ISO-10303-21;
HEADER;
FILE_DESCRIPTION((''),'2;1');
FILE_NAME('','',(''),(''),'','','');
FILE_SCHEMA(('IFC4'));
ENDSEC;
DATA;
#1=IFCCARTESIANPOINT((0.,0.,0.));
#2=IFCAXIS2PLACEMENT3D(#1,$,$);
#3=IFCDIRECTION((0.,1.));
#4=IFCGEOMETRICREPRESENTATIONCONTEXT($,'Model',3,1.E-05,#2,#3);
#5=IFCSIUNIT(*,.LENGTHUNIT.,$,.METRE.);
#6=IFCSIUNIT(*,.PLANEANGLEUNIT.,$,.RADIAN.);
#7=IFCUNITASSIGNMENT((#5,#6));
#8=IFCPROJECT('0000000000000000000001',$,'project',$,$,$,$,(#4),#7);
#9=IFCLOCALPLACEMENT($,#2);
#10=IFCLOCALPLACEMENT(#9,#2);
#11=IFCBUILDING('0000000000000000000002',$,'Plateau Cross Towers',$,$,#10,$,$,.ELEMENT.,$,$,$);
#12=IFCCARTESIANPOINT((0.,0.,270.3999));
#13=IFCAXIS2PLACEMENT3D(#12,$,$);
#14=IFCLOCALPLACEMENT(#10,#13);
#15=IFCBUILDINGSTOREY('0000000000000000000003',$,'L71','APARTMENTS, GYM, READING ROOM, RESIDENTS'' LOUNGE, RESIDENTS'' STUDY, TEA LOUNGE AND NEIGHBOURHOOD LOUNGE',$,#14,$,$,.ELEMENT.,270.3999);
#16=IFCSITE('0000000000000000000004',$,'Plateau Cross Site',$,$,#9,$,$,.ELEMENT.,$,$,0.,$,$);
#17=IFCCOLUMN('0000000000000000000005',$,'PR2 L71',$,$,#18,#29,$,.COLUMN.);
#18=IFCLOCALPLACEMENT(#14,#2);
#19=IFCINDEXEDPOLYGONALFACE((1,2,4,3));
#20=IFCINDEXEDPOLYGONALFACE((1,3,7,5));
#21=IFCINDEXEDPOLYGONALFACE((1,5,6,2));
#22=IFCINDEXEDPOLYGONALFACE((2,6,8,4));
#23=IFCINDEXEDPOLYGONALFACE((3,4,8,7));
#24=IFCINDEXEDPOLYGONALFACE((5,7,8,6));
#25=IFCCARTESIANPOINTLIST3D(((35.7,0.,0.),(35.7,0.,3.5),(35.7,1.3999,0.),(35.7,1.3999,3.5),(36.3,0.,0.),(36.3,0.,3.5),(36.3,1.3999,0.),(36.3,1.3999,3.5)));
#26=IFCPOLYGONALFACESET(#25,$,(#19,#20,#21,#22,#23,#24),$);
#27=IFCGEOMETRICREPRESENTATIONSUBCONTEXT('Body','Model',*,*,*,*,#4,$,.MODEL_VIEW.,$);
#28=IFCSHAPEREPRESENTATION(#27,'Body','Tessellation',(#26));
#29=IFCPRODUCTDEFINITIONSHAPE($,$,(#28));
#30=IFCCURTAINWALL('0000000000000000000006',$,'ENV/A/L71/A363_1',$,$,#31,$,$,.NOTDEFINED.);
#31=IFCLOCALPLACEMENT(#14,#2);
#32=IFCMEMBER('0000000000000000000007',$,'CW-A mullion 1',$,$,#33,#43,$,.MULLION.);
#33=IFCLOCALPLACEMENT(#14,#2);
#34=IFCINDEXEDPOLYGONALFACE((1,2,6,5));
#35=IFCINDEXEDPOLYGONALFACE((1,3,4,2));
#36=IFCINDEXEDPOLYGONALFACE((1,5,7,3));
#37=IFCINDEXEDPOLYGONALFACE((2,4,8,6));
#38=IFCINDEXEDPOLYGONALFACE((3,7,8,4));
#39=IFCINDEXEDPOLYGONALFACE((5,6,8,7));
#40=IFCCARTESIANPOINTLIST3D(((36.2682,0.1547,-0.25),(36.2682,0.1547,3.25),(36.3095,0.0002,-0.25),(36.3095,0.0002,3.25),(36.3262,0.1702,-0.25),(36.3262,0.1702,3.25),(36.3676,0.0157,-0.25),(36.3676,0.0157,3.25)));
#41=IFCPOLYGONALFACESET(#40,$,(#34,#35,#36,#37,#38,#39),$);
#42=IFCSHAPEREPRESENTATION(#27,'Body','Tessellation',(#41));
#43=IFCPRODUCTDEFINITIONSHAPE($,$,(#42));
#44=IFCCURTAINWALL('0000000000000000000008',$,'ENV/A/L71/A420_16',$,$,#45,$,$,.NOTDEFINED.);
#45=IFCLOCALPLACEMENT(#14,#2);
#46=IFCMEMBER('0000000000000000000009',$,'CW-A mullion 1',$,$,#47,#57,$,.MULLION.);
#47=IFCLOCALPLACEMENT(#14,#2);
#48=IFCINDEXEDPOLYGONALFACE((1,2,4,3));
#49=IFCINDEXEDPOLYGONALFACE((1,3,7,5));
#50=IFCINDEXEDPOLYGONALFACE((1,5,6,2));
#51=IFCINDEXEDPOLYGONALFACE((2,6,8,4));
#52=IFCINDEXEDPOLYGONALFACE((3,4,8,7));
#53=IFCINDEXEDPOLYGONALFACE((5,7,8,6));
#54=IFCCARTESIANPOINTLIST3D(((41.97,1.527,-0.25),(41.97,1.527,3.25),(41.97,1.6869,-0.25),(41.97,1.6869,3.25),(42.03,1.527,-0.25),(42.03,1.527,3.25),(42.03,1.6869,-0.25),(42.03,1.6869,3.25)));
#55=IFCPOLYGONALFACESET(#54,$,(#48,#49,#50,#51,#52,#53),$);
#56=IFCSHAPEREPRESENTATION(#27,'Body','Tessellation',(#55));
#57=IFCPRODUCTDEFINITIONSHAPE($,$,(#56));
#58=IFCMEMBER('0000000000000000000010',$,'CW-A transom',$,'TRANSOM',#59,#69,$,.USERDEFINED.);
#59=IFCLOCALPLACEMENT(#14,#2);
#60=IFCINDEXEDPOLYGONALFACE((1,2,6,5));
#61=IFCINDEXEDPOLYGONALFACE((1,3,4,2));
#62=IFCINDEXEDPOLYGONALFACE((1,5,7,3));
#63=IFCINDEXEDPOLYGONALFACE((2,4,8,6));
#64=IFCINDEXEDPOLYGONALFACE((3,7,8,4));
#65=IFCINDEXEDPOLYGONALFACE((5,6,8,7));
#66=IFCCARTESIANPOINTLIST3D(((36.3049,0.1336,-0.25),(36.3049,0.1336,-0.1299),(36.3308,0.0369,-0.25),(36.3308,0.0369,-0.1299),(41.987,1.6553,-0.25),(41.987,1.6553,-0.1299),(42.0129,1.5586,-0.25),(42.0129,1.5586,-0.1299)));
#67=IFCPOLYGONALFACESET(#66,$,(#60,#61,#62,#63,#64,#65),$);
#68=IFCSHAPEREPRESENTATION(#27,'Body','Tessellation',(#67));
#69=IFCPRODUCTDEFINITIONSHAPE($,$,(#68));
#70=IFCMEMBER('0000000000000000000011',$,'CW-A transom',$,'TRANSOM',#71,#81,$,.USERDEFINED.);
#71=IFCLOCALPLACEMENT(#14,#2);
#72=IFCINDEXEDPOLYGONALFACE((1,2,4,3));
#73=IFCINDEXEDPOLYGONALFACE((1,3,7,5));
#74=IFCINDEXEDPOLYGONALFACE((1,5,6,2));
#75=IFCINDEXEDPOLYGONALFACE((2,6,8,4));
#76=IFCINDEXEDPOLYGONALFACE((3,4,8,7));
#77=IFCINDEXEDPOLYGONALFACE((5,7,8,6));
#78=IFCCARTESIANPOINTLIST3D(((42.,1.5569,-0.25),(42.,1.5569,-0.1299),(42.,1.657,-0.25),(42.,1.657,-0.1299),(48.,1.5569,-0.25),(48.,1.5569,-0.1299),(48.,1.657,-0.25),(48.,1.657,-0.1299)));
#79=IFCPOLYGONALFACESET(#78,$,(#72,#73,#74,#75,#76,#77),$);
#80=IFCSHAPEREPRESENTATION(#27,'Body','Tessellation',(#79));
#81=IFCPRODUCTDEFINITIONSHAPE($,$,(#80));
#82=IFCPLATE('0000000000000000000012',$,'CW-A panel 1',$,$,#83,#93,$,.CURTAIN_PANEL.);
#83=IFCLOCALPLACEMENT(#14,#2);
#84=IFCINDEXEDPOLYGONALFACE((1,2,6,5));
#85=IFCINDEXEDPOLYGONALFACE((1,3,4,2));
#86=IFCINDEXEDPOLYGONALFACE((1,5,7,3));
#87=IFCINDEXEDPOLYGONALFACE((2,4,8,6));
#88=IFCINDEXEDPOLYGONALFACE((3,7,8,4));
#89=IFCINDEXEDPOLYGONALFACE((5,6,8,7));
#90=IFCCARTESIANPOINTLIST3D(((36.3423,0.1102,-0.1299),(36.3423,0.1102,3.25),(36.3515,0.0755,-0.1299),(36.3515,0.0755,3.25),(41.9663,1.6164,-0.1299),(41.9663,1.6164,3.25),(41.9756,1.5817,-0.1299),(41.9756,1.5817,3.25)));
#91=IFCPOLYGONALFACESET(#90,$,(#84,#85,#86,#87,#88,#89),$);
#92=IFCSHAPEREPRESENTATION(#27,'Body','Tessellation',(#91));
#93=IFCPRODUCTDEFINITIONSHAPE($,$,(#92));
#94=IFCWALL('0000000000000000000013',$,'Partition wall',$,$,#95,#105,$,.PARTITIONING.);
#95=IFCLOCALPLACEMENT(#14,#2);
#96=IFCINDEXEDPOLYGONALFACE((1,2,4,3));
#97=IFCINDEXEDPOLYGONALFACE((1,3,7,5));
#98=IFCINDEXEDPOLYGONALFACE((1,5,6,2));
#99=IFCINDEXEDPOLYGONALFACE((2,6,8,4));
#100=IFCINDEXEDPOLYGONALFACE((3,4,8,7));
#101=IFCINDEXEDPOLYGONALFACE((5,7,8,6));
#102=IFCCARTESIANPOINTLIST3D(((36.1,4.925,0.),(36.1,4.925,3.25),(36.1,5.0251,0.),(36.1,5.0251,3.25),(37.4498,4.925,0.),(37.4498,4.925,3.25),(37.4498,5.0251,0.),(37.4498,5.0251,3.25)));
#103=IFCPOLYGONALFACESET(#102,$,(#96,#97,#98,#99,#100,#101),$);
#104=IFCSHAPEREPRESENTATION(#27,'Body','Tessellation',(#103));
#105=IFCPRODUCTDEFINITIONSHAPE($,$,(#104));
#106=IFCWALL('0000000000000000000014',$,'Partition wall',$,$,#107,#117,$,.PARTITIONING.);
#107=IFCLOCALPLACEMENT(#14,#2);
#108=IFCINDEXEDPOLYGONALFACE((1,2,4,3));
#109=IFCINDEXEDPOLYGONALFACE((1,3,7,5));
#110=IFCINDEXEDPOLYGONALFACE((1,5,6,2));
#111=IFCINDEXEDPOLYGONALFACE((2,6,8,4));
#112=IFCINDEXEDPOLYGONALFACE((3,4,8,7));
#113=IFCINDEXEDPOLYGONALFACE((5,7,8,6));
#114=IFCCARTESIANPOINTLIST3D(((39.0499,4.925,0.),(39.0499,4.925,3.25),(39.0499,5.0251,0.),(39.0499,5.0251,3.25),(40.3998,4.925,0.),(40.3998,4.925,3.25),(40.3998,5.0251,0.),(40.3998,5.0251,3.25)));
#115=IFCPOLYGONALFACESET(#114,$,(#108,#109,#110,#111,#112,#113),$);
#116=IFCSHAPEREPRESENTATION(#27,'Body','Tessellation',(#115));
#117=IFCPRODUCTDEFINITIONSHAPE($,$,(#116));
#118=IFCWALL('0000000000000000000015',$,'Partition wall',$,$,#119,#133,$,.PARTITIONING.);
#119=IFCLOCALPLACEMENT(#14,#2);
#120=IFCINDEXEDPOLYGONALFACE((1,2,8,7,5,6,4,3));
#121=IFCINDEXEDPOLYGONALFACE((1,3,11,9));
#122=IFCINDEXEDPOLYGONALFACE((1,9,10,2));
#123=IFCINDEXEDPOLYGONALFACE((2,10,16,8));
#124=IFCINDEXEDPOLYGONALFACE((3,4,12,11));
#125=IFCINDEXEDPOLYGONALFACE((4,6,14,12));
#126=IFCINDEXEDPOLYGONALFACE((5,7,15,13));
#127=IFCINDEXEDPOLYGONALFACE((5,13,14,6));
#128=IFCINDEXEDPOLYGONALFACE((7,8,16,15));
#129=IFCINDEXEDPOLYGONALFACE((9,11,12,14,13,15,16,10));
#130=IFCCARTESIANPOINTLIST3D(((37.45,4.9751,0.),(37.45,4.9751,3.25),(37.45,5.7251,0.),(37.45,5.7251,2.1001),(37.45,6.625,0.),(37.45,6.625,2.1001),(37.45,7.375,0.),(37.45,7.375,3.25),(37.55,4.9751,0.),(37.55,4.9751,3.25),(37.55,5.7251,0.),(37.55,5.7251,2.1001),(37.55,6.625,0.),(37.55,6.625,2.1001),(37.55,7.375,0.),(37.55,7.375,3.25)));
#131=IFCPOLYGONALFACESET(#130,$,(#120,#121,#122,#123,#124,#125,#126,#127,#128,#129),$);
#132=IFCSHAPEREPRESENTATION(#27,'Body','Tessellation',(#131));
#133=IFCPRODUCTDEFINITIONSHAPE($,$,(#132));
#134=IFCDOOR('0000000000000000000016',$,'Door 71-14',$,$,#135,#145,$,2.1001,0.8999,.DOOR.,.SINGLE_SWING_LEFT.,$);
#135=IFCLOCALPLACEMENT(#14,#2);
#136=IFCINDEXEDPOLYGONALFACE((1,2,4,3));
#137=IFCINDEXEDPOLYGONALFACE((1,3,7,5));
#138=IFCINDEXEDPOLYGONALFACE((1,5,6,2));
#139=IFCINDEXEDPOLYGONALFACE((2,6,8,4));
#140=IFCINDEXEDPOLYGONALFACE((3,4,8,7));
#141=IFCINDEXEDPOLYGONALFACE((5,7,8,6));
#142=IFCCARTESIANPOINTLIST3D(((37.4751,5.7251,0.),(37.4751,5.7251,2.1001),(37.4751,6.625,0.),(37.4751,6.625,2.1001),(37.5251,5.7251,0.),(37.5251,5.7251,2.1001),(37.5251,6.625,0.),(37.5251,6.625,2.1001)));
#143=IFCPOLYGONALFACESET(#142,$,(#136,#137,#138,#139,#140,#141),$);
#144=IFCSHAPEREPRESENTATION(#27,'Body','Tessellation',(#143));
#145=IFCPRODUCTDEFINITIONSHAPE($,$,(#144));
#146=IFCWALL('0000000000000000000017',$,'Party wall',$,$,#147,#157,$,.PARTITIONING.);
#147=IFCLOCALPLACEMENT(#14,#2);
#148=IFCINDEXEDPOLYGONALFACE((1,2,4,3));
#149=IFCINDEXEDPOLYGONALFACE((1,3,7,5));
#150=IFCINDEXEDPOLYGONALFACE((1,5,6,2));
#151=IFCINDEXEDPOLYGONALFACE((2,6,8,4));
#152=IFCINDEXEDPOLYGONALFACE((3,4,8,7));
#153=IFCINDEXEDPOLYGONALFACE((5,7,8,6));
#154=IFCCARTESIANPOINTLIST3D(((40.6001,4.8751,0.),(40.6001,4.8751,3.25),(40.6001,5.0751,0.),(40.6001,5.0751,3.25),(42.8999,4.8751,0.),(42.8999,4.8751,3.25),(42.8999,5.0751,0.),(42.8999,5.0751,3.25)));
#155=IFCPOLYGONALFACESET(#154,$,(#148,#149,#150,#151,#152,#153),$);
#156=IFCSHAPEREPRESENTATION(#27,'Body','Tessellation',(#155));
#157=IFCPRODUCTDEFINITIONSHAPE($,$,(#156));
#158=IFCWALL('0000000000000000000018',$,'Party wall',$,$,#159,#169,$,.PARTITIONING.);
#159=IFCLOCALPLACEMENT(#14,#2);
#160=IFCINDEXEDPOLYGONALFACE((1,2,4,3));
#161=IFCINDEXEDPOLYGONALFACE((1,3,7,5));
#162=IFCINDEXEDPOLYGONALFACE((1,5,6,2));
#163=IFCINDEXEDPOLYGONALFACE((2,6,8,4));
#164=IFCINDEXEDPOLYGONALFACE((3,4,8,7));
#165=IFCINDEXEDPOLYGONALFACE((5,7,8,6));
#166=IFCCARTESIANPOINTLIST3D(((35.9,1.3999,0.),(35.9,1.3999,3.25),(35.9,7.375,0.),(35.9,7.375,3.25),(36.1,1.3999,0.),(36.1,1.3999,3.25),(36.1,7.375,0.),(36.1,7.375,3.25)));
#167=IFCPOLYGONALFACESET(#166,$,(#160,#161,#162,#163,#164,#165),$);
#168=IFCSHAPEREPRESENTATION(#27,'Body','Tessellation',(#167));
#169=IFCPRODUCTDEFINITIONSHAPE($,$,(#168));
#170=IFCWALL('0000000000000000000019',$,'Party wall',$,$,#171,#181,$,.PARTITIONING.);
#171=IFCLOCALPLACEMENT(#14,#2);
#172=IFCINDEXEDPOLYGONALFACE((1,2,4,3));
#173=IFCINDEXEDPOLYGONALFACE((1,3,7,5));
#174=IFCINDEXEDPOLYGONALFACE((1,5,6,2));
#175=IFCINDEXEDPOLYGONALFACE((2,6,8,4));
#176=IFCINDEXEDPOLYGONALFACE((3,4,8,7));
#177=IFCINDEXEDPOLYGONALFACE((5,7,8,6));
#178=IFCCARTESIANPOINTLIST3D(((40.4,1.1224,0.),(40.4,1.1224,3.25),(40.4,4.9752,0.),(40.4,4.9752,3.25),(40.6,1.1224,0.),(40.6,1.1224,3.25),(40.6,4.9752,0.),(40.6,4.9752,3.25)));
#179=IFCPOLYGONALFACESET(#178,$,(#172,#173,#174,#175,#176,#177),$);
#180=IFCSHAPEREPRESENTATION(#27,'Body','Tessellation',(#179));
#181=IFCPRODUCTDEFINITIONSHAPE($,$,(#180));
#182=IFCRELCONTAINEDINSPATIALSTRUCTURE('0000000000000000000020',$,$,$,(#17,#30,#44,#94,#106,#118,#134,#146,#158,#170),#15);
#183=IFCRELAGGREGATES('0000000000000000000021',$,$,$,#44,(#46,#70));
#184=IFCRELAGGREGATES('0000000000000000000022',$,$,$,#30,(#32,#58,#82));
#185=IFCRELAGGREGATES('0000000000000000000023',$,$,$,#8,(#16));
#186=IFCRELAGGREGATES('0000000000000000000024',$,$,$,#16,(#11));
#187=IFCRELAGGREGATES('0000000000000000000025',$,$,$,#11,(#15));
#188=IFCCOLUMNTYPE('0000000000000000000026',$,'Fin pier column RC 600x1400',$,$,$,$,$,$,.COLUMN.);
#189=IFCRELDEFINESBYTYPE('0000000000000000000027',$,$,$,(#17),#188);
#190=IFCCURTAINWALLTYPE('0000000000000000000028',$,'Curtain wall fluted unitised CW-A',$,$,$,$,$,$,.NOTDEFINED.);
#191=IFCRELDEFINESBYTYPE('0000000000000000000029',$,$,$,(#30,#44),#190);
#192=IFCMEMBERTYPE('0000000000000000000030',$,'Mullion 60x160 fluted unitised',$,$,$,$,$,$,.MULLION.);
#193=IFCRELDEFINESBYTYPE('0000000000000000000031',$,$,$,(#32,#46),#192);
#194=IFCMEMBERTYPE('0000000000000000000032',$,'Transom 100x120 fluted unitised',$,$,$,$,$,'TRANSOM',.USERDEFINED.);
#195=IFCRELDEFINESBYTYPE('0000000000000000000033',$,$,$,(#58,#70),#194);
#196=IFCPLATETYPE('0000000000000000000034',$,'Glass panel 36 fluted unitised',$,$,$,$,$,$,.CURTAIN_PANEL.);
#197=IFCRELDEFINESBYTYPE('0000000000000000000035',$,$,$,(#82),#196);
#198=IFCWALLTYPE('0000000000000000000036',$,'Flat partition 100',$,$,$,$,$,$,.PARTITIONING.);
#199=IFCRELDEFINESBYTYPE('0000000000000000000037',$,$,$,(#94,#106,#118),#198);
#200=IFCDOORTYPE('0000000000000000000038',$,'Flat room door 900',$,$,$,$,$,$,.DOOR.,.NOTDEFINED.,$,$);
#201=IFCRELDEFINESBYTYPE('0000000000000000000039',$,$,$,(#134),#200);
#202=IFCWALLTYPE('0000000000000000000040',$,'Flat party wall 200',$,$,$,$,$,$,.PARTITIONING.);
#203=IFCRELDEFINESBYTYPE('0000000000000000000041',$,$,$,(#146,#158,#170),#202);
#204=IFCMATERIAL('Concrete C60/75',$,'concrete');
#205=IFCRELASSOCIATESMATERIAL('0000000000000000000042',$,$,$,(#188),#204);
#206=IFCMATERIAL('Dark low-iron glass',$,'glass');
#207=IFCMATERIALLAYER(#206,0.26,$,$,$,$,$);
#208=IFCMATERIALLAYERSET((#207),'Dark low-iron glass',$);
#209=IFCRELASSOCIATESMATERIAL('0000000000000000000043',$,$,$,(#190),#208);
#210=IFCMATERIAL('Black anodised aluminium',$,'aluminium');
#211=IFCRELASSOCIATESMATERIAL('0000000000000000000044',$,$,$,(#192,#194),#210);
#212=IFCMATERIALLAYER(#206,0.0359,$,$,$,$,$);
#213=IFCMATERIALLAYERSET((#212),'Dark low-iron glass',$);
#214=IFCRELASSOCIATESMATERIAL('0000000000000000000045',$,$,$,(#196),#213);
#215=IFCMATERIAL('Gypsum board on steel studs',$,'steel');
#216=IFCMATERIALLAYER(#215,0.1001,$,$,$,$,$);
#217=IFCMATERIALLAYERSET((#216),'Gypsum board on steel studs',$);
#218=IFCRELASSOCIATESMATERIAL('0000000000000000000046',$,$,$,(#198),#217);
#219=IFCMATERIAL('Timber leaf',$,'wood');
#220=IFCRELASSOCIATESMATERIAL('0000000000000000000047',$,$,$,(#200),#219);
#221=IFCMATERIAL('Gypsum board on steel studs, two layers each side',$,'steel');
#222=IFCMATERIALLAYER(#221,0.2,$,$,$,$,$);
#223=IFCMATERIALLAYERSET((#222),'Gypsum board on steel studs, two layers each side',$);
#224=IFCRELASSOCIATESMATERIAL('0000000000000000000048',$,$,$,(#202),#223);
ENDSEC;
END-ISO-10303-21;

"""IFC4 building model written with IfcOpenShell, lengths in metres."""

from ifc_helpers import new_model, si_unit, direction, frame, frame_2d, origin, origin_2d, place, context, subcontext, project, spatial, rectangle, extrude, material, layer, layer_set, material_profile, profile_set, type_object, element, fill, aggregate, save


model = new_model("IFC4")

# Units and contexts
model_context = context("Model", 3, precision=1e-05, world=origin(), true_north=direction((0.0, 1.0)))
body_context = subcontext(model_context, "Body", "Model", "MODEL_VIEW")
ifc_project = project(units=[si_unit("LENGTHUNIT", "METRE"), si_unit("PLANEANGLEUNIT", "RADIAN")], contexts=[model_context])

# Site, building, storey
site_placement = place(None, origin())
site = spatial("IfcSite", under=ifc_project, at=site_placement, Name="Plateau Cross Site", CompositionType="ELEMENT", RefElevation=0.0)
building_placement = place(site_placement, origin())
building = spatial("IfcBuilding", under=site, at=building_placement, Name="Plateau Cross Towers", CompositionType="ELEMENT")
storey_placement = place(building_placement, frame((0.0, 0.0, 270.3999)))
storey = spatial("IfcBuildingStorey", under=building, at=storey_placement, Name="L71", Description="APARTMENTS, GYM, READING ROOM, RESIDENTS' LOUNGE, RESIDENTS' STUDY, TEA LOUNGE AND NEIGHBOURHOOD LOUNGE", CompositionType="ELEMENT", Elevation=270.3999)

# Column
ifc_material_1 = material(Name="Concrete C60/75", Category="concrete")
ifc_material_profile_1 = material_profile(ifc_material_1, rectangle(XDim=0.6001, YDim=1.3999, at=origin_2d()), Name="RC 600x1400")
ifc_profile_set_1 = profile_set([ifc_material_profile_1], Name="Concrete C60/75")
column_type = type_object("IfcColumnType", Name="Fin pier column RC 600x1400", PredefinedType="COLUMN", material=ifc_profile_set_1)
column_placement = place(storey_placement, frame((36.0, 0.7, 0.0), z_axis=(0.0, 0.0, 1.0), x_axis=(1.0, 0.0, 0.0)))
element("IfcColumn", 1, at=column_placement, inside=storey, type_object=column_type, Name="PR2 L71", PredefinedType="COLUMN", context=body_context, shape_type="SweptSolid", body=[
    extrude(rectangle(XDim=0.6001, YDim=1.3999, at=origin_2d()), origin(), (0.0, 0.0, 1.0), 3.5),
])

# Curtain walls, members
ifc_material_2 = material(Name="Dark low-iron glass", Category="glass")
ifc_layer_1 = layer(ifc_material_2, 0.26)
ifc_layer_set_1 = layer_set([ifc_layer_1], Name="Dark low-iron glass")
curtain_wall_type = type_object("IfcCurtainWallType", Name="Curtain wall fluted unitised CW-A", PredefinedType="NOTDEFINED", material=ifc_layer_set_1)
curtain_wall_1_placement = place(storey_placement, origin())
curtain_wall_1 = element("IfcCurtainWall", 2, at=curtain_wall_1_placement, inside=storey, type_object=curtain_wall_type, Name="ENV/A/L71/A363_1", PredefinedType="NOTDEFINED")
ifc_material_3 = material(Name="Black anodised aluminium", Category="aluminium")
ifc_material_profile_2 = material_profile(ifc_material_3, rectangle(XDim=0.0601, YDim=0.1599, at=origin_2d()), Name="MULLION 60x160")
ifc_profile_set_2 = profile_set([ifc_material_profile_2], Name="Black anodised aluminium")
member_type_1 = type_object("IfcMemberType", Name="Mullion 60x160 fluted unitised", PredefinedType="MULLION", material=ifc_profile_set_2)
member_1_placement = place(storey_placement, frame((36.3179, 0.0852, -0.25), z_axis=(0.0, 0.0, 1.0), x_axis=(0.965958, 0.258699, 0.0)))
member_1 = element("IfcMember", 3, at=member_1_placement, type_object=member_type_1, Name="CW-A mullion 1", PredefinedType="MULLION", context=body_context, shape_type="SweptSolid", body=[
    extrude(rectangle(XDim=0.0601, YDim=0.1599, at=origin_2d()), origin(), (0.0, 0.0, 1.0), 3.5),
])
curtain_wall_2_placement = place(storey_placement, origin())
curtain_wall_2 = element("IfcCurtainWall", 4, at=curtain_wall_2_placement, inside=storey, type_object=curtain_wall_type, Name="ENV/A/L71/A420_16", PredefinedType="NOTDEFINED")
member_2_placement = place(storey_placement, frame((42.0, 1.6069, -0.25), z_axis=(0.0, 0.0, 1.0), x_axis=(1.0, 0.0, 0.0)))
member_2 = element("IfcMember", 5, at=member_2_placement, type_object=member_type_1, Name="CW-A mullion 1", PredefinedType="MULLION", context=body_context, shape_type="SweptSolid", body=[
    extrude(rectangle(XDim=0.0601, YDim=0.1599, at=origin_2d()), origin(), (0.0, 0.0, 1.0), 3.5),
])

# Members
ifc_material_profile_3 = material_profile(ifc_material_3, rectangle(XDim=0.1001, YDim=0.1201, at=origin_2d()), Name="TRANSOM 100x120")
ifc_profile_set_3 = profile_set([ifc_material_profile_3], Name="Black anodised aluminium")
member_type_2 = type_object("IfcMemberType", Name="Transom 100x120 fluted unitised", ElementType="TRANSOM", PredefinedType="USERDEFINED", material=ifc_profile_set_3)
member_3_placement = place(storey_placement, frame((36.3179, 0.0852, -0.1899), z_axis=(0.96596, 0.258693, 0.0), x_axis=(-0.258693, 0.96596, 0.0)))
member_3 = element("IfcMember", 6, at=member_3_placement, type_object=member_type_2, Name="CW-A transom", ObjectType="TRANSOM", PredefinedType="USERDEFINED", context=body_context, shape_type="SweptSolid", body=[
    extrude(rectangle(XDim=0.1001, YDim=0.1201, at=origin_2d()), origin(), (0.0, 0.0, 1.0), 5.8823),
])
member_4_placement = place(storey_placement, frame((42.0, 1.6069, -0.1899), z_axis=(1.0, 0.0, 0.0), x_axis=(0.0, 1.0, 0.0)))
member_4 = element("IfcMember", 7, at=member_4_placement, type_object=member_type_2, Name="CW-A transom", ObjectType="TRANSOM", PredefinedType="USERDEFINED", context=body_context, shape_type="SweptSolid", body=[
    extrude(rectangle(XDim=0.1001, YDim=0.1201, at=origin_2d()), origin(), (0.0, 0.0, 1.0), 6.0),
])
aggregate(curtain_wall_2, [member_2, member_4])

# Plate
ifc_layer_2 = layer(ifc_material_2, 0.0359)
ifc_layer_set_2 = layer_set([ifc_layer_2], Name="Dark low-iron glass")
plate_type = type_object("IfcPlateType", Name="Glass panel 36 fluted unitised", PredefinedType="CURTAIN_PANEL", material=ifc_layer_set_2)
plate_placement = place(storey_placement, frame((39.1589, 0.8459, -0.1299), z_axis=(0.0, 0.0, 1.0), x_axis=(0.965958, 0.258699, 0.0)))
plate = element("IfcPlate", 8, at=plate_placement, type_object=plate_type, Name="CW-A panel 1", PredefinedType="CURTAIN_PANEL", context=body_context, shape_type="SweptSolid", body=[
    extrude(rectangle(XDim=5.8223, YDim=0.0359, at=origin_2d()), origin(), (0.0, 0.0, 1.0), 3.3799),
])
aggregate(curtain_wall_1, [member_1, member_3, plate])

# Walls
ifc_material_4 = material(Name="Gypsum board on steel studs", Category="steel")
ifc_layer_3 = layer(ifc_material_4, 0.1001)
ifc_layer_set_3 = layer_set([ifc_layer_3], Name="Gypsum board on steel studs")
wall_type_1 = type_object("IfcWallType", Name="Flat partition 100", PredefinedType="PARTITIONING", material=ifc_layer_set_3)
for number, where, z_axis, x_axis, name in (
    (9, (36.1001, 4.9751, 0.0), (0.0, 0.0, 1.0), (1.0, 0.0, 0.0), "Partition wall"),
    (10, (39.05, 4.9751, 0.0), (0.0, 0.0, 1.0), (1.0, 0.0, 0.0), "Partition wall"),
):
    element("IfcWall", number, at=place(storey_placement, frame(where, z_axis=z_axis, x_axis=x_axis)), inside=storey, type_object=wall_type_1, Name=name, PredefinedType="PARTITIONING", context=body_context, shape_type="SweptSolid", body=[
        extrude(rectangle(XDim=1.3499, YDim=0.1001, at=frame_2d((0.6748, 0.0))), origin(), (0.0, 0.0, 1.0), 3.25),
    ])

# Wall, opening, door
wall_1_placement = place(storey_placement, frame((37.5, 4.9751, 0.0), z_axis=(0.0, 0.0, 1.0), x_axis=(0.0, 1.0, 0.0)))
wall_1 = element("IfcWall", 11, at=wall_1_placement, inside=storey, type_object=wall_type_1, Name="Partition wall", PredefinedType="PARTITIONING", context=body_context, shape_type="SweptSolid", body=[
    extrude(rectangle(XDim=2.3999, YDim=0.1001, at=frame_2d((1.2, 0.0))), origin(), (0.0, 0.0, 1.0), 3.25),
])
opening_placement = place(wall_1_placement, frame((0.75, 0.0, 0.0)))
opening = element("IfcOpeningElement", 12, at=opening_placement, cuts=wall_1, PredefinedType="OPENING", context=body_context, shape_type="SweptSolid", body=[
    extrude(rectangle(XDim=0.8999, YDim=2.1001, at=frame_2d((0.45, 1.05))), frame((0.0, 0.0601, 0.0), z_axis=(0.0, -1.0, 0.0), x_axis=(1.0, 0.0, 0.0)), (0.0, 0.0, 1.0), 0.1201),
])
ifc_material_5 = material(Name="Timber leaf", Category="wood")
door_type = type_object("IfcDoorType", Name="Flat room door 900", OperationType="NOTDEFINED", PredefinedType="DOOR", material=ifc_material_5)
door_placement = place(opening_placement, origin())
door = element("IfcDoor", 13, at=door_placement, inside=storey, type_object=door_type, Name="Door 71-14", OperationType="SINGLE_SWING_LEFT", OverallHeight=2.1001, OverallWidth=0.8999, PredefinedType="DOOR", context=body_context, shape_type="SweptSolid", body=[
    extrude(rectangle(XDim=0.8999, YDim=2.1001, at=frame_2d((0.45, 1.05))), frame((0.0, 0.0249, 0.0), z_axis=(0.0, -1.0, 0.0), x_axis=(1.0, 0.0, 0.0)), (0.0, 0.0, 1.0), 0.05),
])
fill(opening, door)

# Walls
ifc_material_6 = material(Name="Gypsum board on steel studs, two layers each side", Category="steel")
ifc_layer_4 = layer(ifc_material_6, 0.2)
ifc_layer_set_4 = layer_set([ifc_layer_4], Name="Gypsum board on steel studs, two layers each side")
wall_type_2 = type_object("IfcWallType", Name="Flat party wall 200", PredefinedType="PARTITIONING", material=ifc_layer_set_4)
wall_2_placement = place(storey_placement, frame((40.6001, 4.9751, 0.0), z_axis=(0.0, 0.0, 1.0), x_axis=(1.0, 0.0, 0.0)))
element("IfcWall", 14, at=wall_2_placement, inside=storey, type_object=wall_type_2, Name="Party wall", PredefinedType="PARTITIONING", context=body_context, shape_type="SweptSolid", body=[
    extrude(rectangle(XDim=2.2998, YDim=0.2, at=frame_2d((1.1499, 0.0))), origin(), (0.0, 0.0, 1.0), 3.25),
])
wall_3_placement = place(storey_placement, frame((36.0, 1.3999, 0.0), z_axis=(0.0, 0.0, 1.0), x_axis=(0.0, 1.0, 0.0)))
element("IfcWall", 15, at=wall_3_placement, inside=storey, type_object=wall_type_2, Name="Party wall", PredefinedType="PARTITIONING", context=body_context, shape_type="SweptSolid", body=[
    extrude(rectangle(XDim=5.9751, YDim=0.2, at=frame_2d((2.9875, 0.0))), origin(), (0.0, 0.0, 1.0), 3.25),
])
wall_4_placement = place(storey_placement, frame((40.5, 4.9751, 0.0), z_axis=(0.0, 0.0, 1.0), x_axis=(0.0, -1.0, 0.0)))
element("IfcWall", 16, at=wall_4_placement, inside=storey, type_object=wall_type_2, Name="Party wall", PredefinedType="PARTITIONING", context=body_context, shape_type="SweptSolid", body=[
    extrude(rectangle(XDim=3.8528, YDim=0.2, at=frame_2d((1.9263, 0.0))), origin(), (0.0, 0.0, 1.0), 3.25),
])

save(model, "model.ifc")
